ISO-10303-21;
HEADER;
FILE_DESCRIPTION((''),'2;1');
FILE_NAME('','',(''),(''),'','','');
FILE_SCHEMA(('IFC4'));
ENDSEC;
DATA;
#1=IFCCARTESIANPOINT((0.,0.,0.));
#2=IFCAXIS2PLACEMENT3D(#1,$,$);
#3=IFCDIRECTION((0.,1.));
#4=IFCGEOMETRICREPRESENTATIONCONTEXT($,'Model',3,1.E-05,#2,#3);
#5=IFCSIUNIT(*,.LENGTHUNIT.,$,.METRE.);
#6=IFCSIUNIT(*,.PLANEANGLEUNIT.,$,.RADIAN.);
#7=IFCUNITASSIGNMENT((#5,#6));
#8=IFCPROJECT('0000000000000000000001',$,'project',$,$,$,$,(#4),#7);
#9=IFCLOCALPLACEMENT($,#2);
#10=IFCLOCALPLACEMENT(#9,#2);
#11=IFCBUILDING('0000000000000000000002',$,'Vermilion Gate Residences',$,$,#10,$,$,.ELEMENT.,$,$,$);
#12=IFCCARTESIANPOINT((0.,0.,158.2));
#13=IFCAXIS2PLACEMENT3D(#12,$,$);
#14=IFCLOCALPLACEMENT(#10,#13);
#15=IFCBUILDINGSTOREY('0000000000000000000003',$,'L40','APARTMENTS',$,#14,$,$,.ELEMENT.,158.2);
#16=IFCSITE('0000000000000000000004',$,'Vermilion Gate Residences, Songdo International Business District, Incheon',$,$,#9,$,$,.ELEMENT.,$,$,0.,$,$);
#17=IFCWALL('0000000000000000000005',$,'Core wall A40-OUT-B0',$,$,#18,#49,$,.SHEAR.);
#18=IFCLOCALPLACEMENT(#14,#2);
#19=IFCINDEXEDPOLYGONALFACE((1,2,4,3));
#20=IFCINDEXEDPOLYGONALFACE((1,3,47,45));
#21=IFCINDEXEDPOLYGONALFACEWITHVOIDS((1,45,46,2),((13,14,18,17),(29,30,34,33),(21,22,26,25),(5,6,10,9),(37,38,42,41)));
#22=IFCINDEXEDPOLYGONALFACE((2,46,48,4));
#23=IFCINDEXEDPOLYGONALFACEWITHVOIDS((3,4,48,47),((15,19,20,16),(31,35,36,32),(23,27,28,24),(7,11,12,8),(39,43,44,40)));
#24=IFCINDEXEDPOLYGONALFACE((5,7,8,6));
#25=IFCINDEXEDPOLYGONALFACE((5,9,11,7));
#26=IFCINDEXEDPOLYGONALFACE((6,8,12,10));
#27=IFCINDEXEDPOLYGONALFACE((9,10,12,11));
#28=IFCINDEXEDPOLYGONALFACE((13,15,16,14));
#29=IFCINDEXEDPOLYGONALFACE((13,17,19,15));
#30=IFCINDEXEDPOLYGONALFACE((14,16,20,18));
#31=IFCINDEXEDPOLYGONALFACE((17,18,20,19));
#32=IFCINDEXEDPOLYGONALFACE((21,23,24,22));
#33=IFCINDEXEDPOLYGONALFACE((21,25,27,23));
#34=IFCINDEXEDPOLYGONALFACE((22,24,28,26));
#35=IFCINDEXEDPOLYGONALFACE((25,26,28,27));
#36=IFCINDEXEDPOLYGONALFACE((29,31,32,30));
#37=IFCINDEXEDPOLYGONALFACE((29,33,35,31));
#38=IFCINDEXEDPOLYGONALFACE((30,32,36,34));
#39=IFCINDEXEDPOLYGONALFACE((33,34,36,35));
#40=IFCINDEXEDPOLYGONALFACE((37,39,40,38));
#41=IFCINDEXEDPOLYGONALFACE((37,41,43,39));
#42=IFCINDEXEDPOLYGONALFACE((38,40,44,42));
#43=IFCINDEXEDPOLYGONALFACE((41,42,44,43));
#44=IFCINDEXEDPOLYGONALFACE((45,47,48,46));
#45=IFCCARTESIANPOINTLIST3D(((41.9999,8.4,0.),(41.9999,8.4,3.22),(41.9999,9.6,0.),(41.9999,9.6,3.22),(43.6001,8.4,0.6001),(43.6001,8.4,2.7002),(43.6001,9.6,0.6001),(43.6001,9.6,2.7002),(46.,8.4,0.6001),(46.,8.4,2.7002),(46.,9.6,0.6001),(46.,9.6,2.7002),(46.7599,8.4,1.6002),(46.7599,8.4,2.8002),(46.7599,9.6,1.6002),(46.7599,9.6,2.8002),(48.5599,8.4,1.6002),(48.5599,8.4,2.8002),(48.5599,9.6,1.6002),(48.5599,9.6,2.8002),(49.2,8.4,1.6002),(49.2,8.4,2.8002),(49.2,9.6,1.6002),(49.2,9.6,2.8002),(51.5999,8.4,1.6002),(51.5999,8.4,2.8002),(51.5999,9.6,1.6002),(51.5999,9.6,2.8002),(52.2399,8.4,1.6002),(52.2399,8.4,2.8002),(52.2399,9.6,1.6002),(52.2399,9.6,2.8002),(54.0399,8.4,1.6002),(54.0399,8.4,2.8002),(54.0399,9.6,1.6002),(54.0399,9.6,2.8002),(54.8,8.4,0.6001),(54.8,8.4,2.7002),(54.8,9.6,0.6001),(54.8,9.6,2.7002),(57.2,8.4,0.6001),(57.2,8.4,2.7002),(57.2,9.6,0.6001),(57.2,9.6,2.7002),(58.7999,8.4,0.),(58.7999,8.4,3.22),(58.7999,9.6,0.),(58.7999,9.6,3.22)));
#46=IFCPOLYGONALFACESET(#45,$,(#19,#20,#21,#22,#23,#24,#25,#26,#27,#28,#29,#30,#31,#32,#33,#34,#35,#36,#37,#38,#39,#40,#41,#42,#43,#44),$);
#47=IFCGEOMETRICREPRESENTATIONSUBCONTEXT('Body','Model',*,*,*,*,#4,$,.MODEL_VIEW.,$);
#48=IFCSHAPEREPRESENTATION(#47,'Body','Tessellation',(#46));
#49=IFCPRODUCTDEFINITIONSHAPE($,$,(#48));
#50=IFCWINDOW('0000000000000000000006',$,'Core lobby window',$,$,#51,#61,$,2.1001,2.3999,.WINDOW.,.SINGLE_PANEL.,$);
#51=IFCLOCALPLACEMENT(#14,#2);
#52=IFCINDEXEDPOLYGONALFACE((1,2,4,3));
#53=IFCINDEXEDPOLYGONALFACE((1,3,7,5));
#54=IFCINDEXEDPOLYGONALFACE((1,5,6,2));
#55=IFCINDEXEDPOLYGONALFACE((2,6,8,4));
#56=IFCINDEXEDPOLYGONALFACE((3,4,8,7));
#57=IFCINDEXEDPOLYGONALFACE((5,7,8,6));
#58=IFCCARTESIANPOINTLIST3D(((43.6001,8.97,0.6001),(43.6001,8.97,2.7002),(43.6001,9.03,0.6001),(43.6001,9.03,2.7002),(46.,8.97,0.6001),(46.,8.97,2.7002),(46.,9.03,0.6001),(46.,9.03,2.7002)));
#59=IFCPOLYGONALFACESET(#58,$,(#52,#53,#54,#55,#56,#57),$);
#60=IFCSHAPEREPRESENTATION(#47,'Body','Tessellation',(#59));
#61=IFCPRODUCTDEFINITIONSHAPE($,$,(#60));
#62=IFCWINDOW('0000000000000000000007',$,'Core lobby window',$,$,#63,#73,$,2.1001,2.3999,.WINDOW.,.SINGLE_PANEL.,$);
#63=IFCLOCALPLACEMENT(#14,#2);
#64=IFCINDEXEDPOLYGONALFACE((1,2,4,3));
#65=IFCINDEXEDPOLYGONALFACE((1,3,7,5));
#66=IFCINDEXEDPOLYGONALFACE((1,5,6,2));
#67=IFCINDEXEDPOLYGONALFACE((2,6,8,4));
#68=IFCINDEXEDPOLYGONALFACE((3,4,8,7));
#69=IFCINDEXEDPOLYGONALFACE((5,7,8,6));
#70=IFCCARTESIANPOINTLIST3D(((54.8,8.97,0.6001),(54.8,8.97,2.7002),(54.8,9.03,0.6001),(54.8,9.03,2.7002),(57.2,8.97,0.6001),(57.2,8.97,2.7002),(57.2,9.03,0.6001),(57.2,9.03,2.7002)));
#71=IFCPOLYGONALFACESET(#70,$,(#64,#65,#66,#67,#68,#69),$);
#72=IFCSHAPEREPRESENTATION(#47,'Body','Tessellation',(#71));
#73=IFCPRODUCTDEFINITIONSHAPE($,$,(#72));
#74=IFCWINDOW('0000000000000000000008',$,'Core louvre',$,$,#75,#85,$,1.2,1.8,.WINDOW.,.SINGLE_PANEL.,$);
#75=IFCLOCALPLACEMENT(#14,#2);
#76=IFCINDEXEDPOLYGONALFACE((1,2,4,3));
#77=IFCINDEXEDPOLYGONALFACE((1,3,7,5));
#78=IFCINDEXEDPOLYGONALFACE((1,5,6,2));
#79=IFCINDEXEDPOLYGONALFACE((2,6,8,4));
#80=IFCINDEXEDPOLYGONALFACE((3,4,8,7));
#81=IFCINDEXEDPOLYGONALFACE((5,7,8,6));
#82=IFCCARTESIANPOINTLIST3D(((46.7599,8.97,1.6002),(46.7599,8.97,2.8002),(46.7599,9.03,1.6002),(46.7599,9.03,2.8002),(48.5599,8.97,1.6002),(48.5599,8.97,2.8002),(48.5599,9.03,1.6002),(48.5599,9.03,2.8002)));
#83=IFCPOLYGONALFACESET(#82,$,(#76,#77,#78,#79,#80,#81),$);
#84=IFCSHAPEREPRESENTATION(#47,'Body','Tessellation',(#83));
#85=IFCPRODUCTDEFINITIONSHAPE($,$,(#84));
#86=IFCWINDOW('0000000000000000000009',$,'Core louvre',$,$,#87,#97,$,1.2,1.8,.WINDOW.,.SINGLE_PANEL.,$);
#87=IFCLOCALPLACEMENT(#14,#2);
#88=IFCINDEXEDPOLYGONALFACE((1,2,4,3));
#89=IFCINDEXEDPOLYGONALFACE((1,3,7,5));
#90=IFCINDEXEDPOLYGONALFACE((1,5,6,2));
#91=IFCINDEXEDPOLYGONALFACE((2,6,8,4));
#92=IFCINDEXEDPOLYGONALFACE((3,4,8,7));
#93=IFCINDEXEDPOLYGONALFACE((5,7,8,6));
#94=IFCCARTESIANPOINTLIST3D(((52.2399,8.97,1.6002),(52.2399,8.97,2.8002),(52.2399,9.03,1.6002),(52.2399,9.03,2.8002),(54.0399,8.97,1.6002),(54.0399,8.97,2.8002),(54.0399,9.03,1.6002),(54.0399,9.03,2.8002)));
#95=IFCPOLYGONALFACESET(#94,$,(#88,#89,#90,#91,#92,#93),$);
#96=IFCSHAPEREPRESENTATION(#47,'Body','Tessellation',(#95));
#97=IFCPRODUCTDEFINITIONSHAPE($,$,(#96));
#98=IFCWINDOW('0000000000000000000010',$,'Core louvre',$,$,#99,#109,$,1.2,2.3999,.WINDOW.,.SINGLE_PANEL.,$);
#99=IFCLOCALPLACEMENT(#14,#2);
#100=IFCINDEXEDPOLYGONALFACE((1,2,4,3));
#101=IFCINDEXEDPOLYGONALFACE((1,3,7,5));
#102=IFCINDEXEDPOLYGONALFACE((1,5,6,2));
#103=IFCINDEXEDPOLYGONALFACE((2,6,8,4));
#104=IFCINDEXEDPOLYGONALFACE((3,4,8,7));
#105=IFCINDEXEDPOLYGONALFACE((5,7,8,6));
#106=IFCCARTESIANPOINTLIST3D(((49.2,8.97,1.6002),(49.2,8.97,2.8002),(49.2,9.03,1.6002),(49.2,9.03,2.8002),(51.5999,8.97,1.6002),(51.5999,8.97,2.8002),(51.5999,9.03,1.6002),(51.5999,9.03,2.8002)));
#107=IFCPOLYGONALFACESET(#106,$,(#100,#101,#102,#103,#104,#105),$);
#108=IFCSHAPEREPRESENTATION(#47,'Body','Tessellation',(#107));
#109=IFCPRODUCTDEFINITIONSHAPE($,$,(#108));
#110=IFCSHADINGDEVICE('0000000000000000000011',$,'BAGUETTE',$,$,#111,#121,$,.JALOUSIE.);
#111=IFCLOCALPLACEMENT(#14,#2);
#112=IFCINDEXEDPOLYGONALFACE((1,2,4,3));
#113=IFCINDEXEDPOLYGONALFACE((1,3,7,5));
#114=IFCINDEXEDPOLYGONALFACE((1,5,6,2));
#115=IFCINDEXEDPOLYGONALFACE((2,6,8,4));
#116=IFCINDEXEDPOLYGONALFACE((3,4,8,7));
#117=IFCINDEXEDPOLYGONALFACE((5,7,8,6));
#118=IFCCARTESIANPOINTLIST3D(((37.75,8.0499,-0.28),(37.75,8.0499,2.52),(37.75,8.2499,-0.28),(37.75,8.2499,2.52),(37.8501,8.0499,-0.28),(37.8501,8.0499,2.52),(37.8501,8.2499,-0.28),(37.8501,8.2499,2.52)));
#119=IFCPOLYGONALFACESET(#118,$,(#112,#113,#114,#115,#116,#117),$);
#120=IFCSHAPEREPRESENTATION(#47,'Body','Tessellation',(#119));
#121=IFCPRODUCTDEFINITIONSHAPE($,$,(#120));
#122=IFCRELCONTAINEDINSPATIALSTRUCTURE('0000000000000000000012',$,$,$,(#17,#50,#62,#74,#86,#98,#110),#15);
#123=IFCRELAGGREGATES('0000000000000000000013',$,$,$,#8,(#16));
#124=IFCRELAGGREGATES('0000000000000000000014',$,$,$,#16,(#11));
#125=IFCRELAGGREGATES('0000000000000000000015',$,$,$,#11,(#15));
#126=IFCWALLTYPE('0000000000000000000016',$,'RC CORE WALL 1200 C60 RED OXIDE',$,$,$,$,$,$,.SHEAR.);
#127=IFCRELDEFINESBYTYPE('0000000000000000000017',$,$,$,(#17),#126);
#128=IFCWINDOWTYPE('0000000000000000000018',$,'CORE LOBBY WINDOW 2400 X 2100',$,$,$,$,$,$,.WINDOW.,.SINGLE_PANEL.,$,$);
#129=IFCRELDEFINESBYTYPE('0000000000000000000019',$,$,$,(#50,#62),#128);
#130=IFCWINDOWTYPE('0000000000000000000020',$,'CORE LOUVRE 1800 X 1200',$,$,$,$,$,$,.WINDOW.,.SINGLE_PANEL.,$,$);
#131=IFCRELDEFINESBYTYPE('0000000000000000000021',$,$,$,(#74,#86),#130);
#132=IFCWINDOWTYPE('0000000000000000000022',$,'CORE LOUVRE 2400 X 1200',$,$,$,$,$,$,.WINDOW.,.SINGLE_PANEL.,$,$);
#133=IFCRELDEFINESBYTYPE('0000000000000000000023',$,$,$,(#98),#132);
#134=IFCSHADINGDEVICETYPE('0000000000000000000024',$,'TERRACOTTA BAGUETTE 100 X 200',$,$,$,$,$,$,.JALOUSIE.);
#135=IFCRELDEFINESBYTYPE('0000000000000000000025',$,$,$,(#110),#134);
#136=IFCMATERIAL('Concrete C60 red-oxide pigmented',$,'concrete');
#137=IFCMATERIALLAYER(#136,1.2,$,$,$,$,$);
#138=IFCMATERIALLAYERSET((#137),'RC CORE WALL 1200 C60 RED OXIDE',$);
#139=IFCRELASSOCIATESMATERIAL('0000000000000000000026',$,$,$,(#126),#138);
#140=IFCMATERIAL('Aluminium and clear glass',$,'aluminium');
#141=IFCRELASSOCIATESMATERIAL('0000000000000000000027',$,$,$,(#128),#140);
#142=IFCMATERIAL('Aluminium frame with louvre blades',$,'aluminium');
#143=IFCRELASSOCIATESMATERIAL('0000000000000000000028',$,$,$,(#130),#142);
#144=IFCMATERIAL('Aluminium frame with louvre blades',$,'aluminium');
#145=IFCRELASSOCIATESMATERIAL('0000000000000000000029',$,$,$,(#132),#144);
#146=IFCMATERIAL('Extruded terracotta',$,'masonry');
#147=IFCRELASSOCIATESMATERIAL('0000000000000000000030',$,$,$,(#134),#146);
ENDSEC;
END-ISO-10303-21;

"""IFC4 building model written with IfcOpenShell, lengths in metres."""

from ifc_helpers import new_model, si_unit, direction, frame, frame_2d, origin, origin_2d, place, context, subcontext, project, spatial, rectangle, extrude, material, layer, layer_set, material_profile, profile_set, type_object, element, fill, save


model = new_model("IFC4")

# Units and contexts
model_context = context("Model", 3, precision=1e-05, world=origin(), true_north=direction((0.0, 1.0)))
body_context = subcontext(model_context, "Body", "Model", "MODEL_VIEW")
ifc_project = project(units=[si_unit("LENGTHUNIT", "METRE"), si_unit("PLANEANGLEUNIT", "RADIAN")], contexts=[model_context])

# Site, building, storey
site_placement = place(None, origin())
site = spatial("IfcSite", under=ifc_project, at=site_placement, Name="Vermilion Gate Residences, Songdo International Business District, Incheon", CompositionType="ELEMENT", RefElevation=0.0)
building_placement = place(site_placement, origin())
building = spatial("IfcBuilding", under=site, at=building_placement, Name="Vermilion Gate Residences", CompositionType="ELEMENT")
storey_placement = place(building_placement, frame((0.0, 0.0, 158.2)))
storey = spatial("IfcBuildingStorey", under=building, at=storey_placement, Name="L40", Description="APARTMENTS", CompositionType="ELEMENT", Elevation=158.2)

# Wall, openings, windows
ifc_material_1 = material(Name="Concrete C60 red-oxide pigmented", Category="concrete")
ifc_layer_1 = layer(ifc_material_1, 1.2)
ifc_layer_set_1 = layer_set([ifc_layer_1], Name="RC CORE WALL 1200 C60 RED OXIDE")
wall_type_1 = type_object("IfcWallType", Name="RC CORE WALL 1200 C60 RED OXIDE", PredefinedType="SHEAR", material=ifc_layer_set_1)
wall_1_placement = place(storey_placement, frame((42.0, 9.0, 0.0), z_axis=(0.0, 0.0, 1.0), x_axis=(1.0, 0.0, 0.0)))
wall_1 = element("IfcWall", 1, at=wall_1_placement, inside=storey, type_object=wall_type_1, Name="Core wall A40-OUT-B0", PredefinedType="SHEAR", context=body_context, shape_type="SweptSolid", body=[
    extrude(rectangle(XDim=16.8, YDim=1.2, at=frame_2d((8.3999, 0.0))), origin(), (0.0, 0.0, 1.0), 3.22),
])
opening_1_placement = place(wall_1_placement, frame((1.6001, 0.0, 0.6001)))
opening_1 = element("IfcOpeningElement", 2, at=opening_1_placement, cuts=wall_1, PredefinedType="OPENING", context=body_context, shape_type="SweptSolid", body=[
    extrude(rectangle(XDim=2.3999, YDim=2.1001, at=frame_2d((1.2, 1.05))), frame((0.0, 0.6099, 0.0), z_axis=(0.0, -1.0, 0.0), x_axis=(1.0, 0.0, 0.0)), (0.0, 0.0, 1.0), 1.22),
])
opening_2_placement = place(wall_1_placement, frame((4.76, 0.0, 1.6001)))
opening_2 = element("IfcOpeningElement", 3, at=opening_2_placement, cuts=wall_1, PredefinedType="OPENING", context=body_context, shape_type="SweptSolid", body=[
    extrude(rectangle(XDim=1.8, YDim=1.2, at=frame_2d((0.8999, 0.6001))), frame((0.0, 0.6099, 0.0), z_axis=(0.0, -1.0, 0.0), x_axis=(1.0, 0.0, 0.0)), (0.0, 0.0, 1.0), 1.22),
])
opening_3_placement = place(wall_1_placement, frame((7.2, 0.0, 1.6001)))
opening_3 = element("IfcOpeningElement", 4, at=opening_3_placement, cuts=wall_1, PredefinedType="OPENING", context=body_context, shape_type="SweptSolid", body=[
    extrude(rectangle(XDim=2.3999, YDim=1.2, at=frame_2d((1.2, 0.6001))), frame((0.0, 0.6099, 0.0), z_axis=(0.0, -1.0, 0.0), x_axis=(1.0, 0.0, 0.0)), (0.0, 0.0, 1.0), 1.22),
])
opening_4_placement = place(wall_1_placement, frame((10.24, 0.0, 1.6001)))
opening_4 = element("IfcOpeningElement", 5, at=opening_4_placement, cuts=wall_1, PredefinedType="OPENING", context=body_context, shape_type="SweptSolid", body=[
    extrude(rectangle(XDim=1.8, YDim=1.2, at=frame_2d((0.8999, 0.6001))), frame((0.0, 0.6099, 0.0), z_axis=(0.0, -1.0, 0.0), x_axis=(1.0, 0.0, 0.0)), (0.0, 0.0, 1.0), 1.22),
])
opening_5_placement = place(wall_1_placement, frame((12.8, 0.0, 0.6001)))
opening_5 = element("IfcOpeningElement", 6, at=opening_5_placement, cuts=wall_1, PredefinedType="OPENING", context=body_context, shape_type="SweptSolid", body=[
    extrude(rectangle(XDim=2.3999, YDim=2.1001, at=frame_2d((1.2, 1.05))), frame((0.0, 0.6099, 0.0), z_axis=(0.0, -1.0, 0.0), x_axis=(1.0, 0.0, 0.0)), (0.0, 0.0, 1.0), 1.22),
])
ifc_material_2 = material(Name="Aluminium and clear glass", Category="aluminium")
window_type_1 = type_object("IfcWindowType", Name="CORE LOBBY WINDOW 2400 X 2100", PartitioningType="SINGLE_PANEL", PredefinedType="WINDOW", material=ifc_material_2)
window_1_placement = place(opening_1_placement, origin())
window_1 = element("IfcWindow", 7, at=window_1_placement, inside=storey, type_object=window_type_1, Name="Core lobby window", OverallHeight=2.1001, OverallWidth=2.3999, PartitioningType="SINGLE_PANEL", PredefinedType="WINDOW", context=body_context, shape_type="SweptSolid", body=[
    extrude(rectangle(XDim=2.3999, YDim=2.1001, at=frame_2d((1.2, 1.05))), frame((0.0, 0.03, 0.0), z_axis=(0.0, -1.0, 0.0), x_axis=(1.0, 0.0, 0.0)), (0.0, 0.0, 1.0), 0.0601),
])
fill(opening_1, window_1)
window_2_placement = place(opening_5_placement, origin())
window_2 = element("IfcWindow", 8, at=window_2_placement, inside=storey, type_object=window_type_1, Name="Core lobby window", OverallHeight=2.1001, OverallWidth=2.3999, PartitioningType="SINGLE_PANEL", PredefinedType="WINDOW", context=body_context, shape_type="SweptSolid", body=[
    extrude(rectangle(XDim=2.3999, YDim=2.1001, at=frame_2d((1.2, 1.05))), frame((0.0, 0.03, 0.0), z_axis=(0.0, -1.0, 0.0), x_axis=(1.0, 0.0, 0.0)), (0.0, 0.0, 1.0), 0.0601),
])
fill(opening_5, window_2)
ifc_material_3 = material(Name="Aluminium frame with louvre blades", Category="aluminium")
window_type_2 = type_object("IfcWindowType", Name="CORE LOUVRE 1800 X 1200", PartitioningType="SINGLE_PANEL", PredefinedType="WINDOW", material=ifc_material_3)
window_3_placement = place(opening_2_placement, origin())
window_3 = element("IfcWindow", 9, at=window_3_placement, inside=storey, type_object=window_type_2, Name="Core louvre", OverallHeight=1.2, OverallWidth=1.8, PartitioningType="SINGLE_PANEL", PredefinedType="WINDOW", context=body_context, shape_type="SweptSolid", body=[
    extrude(rectangle(XDim=1.8, YDim=1.2, at=frame_2d((0.8999, 0.6001))), frame((0.0, 0.03, 0.0), z_axis=(0.0, -1.0, 0.0), x_axis=(1.0, 0.0, 0.0)), (0.0, 0.0, 1.0), 0.0601),
])
fill(opening_2, window_3)
window_4_placement = place(opening_4_placement, origin())
window_4 = element("IfcWindow", 10, at=window_4_placement, inside=storey, type_object=window_type_2, Name="Core louvre", OverallHeight=1.2, OverallWidth=1.8, PartitioningType="SINGLE_PANEL", PredefinedType="WINDOW", context=body_context, shape_type="SweptSolid", body=[
    extrude(rectangle(XDim=1.8, YDim=1.2, at=frame_2d((0.8999, 0.6001))), frame((0.0, 0.03, 0.0), z_axis=(0.0, -1.0, 0.0), x_axis=(1.0, 0.0, 0.0)), (0.0, 0.0, 1.0), 0.0601),
])
fill(opening_4, window_4)
ifc_material_4 = material(Name="Aluminium frame with louvre blades", Category="aluminium")
window_type_3 = type_object("IfcWindowType", Name="CORE LOUVRE 2400 X 1200", PartitioningType="SINGLE_PANEL", PredefinedType="WINDOW", material=ifc_material_4)
window_5_placement = place(opening_3_placement, origin())
window_5 = element("IfcWindow", 11, at=window_5_placement, inside=storey, type_object=window_type_3, Name="Core louvre", OverallHeight=1.2, OverallWidth=2.3999, PartitioningType="SINGLE_PANEL", PredefinedType="WINDOW", context=body_context, shape_type="SweptSolid", body=[
    extrude(rectangle(XDim=2.3999, YDim=1.2, at=frame_2d((1.2, 0.6001))), frame((0.0, 0.03, 0.0), z_axis=(0.0, -1.0, 0.0), x_axis=(1.0, 0.0, 0.0)), (0.0, 0.0, 1.0), 0.0601),
])
fill(opening_3, window_5)

# Shading device
ifc_material_5 = material(Name="Extruded terracotta", Category="masonry")
ifc_material_profile_1 = material_profile(ifc_material_5, rectangle(XDim=0.2, YDim=0.1001, at=origin_2d()), Name="BAGUETTE 100 X 200")
ifc_profile_set_1 = profile_set([ifc_material_profile_1], Name="Extruded terracotta")
shading_device_type = type_object("IfcShadingDeviceType", Name="TERRACOTTA BAGUETTE 100 X 200", PredefinedType="JALOUSIE", material=ifc_profile_set_1)
shading_device_placement = place(storey_placement, frame((37.8, 8.1499, -0.28), z_axis=(0.0, 0.0, 1.0), x_axis=(0.0, 1.0, 0.0)))
element("IfcShadingDevice", 12, at=shading_device_placement, inside=storey, type_object=shading_device_type, Name="BAGUETTE", PredefinedType="JALOUSIE", context=body_context, shape_type="SweptSolid", body=[
    extrude(rectangle(XDim=0.2, YDim=0.1001, at=origin_2d()), origin(), (0.0, 0.0, 1.0), 2.8),
])

save(model, "model.ifc")
